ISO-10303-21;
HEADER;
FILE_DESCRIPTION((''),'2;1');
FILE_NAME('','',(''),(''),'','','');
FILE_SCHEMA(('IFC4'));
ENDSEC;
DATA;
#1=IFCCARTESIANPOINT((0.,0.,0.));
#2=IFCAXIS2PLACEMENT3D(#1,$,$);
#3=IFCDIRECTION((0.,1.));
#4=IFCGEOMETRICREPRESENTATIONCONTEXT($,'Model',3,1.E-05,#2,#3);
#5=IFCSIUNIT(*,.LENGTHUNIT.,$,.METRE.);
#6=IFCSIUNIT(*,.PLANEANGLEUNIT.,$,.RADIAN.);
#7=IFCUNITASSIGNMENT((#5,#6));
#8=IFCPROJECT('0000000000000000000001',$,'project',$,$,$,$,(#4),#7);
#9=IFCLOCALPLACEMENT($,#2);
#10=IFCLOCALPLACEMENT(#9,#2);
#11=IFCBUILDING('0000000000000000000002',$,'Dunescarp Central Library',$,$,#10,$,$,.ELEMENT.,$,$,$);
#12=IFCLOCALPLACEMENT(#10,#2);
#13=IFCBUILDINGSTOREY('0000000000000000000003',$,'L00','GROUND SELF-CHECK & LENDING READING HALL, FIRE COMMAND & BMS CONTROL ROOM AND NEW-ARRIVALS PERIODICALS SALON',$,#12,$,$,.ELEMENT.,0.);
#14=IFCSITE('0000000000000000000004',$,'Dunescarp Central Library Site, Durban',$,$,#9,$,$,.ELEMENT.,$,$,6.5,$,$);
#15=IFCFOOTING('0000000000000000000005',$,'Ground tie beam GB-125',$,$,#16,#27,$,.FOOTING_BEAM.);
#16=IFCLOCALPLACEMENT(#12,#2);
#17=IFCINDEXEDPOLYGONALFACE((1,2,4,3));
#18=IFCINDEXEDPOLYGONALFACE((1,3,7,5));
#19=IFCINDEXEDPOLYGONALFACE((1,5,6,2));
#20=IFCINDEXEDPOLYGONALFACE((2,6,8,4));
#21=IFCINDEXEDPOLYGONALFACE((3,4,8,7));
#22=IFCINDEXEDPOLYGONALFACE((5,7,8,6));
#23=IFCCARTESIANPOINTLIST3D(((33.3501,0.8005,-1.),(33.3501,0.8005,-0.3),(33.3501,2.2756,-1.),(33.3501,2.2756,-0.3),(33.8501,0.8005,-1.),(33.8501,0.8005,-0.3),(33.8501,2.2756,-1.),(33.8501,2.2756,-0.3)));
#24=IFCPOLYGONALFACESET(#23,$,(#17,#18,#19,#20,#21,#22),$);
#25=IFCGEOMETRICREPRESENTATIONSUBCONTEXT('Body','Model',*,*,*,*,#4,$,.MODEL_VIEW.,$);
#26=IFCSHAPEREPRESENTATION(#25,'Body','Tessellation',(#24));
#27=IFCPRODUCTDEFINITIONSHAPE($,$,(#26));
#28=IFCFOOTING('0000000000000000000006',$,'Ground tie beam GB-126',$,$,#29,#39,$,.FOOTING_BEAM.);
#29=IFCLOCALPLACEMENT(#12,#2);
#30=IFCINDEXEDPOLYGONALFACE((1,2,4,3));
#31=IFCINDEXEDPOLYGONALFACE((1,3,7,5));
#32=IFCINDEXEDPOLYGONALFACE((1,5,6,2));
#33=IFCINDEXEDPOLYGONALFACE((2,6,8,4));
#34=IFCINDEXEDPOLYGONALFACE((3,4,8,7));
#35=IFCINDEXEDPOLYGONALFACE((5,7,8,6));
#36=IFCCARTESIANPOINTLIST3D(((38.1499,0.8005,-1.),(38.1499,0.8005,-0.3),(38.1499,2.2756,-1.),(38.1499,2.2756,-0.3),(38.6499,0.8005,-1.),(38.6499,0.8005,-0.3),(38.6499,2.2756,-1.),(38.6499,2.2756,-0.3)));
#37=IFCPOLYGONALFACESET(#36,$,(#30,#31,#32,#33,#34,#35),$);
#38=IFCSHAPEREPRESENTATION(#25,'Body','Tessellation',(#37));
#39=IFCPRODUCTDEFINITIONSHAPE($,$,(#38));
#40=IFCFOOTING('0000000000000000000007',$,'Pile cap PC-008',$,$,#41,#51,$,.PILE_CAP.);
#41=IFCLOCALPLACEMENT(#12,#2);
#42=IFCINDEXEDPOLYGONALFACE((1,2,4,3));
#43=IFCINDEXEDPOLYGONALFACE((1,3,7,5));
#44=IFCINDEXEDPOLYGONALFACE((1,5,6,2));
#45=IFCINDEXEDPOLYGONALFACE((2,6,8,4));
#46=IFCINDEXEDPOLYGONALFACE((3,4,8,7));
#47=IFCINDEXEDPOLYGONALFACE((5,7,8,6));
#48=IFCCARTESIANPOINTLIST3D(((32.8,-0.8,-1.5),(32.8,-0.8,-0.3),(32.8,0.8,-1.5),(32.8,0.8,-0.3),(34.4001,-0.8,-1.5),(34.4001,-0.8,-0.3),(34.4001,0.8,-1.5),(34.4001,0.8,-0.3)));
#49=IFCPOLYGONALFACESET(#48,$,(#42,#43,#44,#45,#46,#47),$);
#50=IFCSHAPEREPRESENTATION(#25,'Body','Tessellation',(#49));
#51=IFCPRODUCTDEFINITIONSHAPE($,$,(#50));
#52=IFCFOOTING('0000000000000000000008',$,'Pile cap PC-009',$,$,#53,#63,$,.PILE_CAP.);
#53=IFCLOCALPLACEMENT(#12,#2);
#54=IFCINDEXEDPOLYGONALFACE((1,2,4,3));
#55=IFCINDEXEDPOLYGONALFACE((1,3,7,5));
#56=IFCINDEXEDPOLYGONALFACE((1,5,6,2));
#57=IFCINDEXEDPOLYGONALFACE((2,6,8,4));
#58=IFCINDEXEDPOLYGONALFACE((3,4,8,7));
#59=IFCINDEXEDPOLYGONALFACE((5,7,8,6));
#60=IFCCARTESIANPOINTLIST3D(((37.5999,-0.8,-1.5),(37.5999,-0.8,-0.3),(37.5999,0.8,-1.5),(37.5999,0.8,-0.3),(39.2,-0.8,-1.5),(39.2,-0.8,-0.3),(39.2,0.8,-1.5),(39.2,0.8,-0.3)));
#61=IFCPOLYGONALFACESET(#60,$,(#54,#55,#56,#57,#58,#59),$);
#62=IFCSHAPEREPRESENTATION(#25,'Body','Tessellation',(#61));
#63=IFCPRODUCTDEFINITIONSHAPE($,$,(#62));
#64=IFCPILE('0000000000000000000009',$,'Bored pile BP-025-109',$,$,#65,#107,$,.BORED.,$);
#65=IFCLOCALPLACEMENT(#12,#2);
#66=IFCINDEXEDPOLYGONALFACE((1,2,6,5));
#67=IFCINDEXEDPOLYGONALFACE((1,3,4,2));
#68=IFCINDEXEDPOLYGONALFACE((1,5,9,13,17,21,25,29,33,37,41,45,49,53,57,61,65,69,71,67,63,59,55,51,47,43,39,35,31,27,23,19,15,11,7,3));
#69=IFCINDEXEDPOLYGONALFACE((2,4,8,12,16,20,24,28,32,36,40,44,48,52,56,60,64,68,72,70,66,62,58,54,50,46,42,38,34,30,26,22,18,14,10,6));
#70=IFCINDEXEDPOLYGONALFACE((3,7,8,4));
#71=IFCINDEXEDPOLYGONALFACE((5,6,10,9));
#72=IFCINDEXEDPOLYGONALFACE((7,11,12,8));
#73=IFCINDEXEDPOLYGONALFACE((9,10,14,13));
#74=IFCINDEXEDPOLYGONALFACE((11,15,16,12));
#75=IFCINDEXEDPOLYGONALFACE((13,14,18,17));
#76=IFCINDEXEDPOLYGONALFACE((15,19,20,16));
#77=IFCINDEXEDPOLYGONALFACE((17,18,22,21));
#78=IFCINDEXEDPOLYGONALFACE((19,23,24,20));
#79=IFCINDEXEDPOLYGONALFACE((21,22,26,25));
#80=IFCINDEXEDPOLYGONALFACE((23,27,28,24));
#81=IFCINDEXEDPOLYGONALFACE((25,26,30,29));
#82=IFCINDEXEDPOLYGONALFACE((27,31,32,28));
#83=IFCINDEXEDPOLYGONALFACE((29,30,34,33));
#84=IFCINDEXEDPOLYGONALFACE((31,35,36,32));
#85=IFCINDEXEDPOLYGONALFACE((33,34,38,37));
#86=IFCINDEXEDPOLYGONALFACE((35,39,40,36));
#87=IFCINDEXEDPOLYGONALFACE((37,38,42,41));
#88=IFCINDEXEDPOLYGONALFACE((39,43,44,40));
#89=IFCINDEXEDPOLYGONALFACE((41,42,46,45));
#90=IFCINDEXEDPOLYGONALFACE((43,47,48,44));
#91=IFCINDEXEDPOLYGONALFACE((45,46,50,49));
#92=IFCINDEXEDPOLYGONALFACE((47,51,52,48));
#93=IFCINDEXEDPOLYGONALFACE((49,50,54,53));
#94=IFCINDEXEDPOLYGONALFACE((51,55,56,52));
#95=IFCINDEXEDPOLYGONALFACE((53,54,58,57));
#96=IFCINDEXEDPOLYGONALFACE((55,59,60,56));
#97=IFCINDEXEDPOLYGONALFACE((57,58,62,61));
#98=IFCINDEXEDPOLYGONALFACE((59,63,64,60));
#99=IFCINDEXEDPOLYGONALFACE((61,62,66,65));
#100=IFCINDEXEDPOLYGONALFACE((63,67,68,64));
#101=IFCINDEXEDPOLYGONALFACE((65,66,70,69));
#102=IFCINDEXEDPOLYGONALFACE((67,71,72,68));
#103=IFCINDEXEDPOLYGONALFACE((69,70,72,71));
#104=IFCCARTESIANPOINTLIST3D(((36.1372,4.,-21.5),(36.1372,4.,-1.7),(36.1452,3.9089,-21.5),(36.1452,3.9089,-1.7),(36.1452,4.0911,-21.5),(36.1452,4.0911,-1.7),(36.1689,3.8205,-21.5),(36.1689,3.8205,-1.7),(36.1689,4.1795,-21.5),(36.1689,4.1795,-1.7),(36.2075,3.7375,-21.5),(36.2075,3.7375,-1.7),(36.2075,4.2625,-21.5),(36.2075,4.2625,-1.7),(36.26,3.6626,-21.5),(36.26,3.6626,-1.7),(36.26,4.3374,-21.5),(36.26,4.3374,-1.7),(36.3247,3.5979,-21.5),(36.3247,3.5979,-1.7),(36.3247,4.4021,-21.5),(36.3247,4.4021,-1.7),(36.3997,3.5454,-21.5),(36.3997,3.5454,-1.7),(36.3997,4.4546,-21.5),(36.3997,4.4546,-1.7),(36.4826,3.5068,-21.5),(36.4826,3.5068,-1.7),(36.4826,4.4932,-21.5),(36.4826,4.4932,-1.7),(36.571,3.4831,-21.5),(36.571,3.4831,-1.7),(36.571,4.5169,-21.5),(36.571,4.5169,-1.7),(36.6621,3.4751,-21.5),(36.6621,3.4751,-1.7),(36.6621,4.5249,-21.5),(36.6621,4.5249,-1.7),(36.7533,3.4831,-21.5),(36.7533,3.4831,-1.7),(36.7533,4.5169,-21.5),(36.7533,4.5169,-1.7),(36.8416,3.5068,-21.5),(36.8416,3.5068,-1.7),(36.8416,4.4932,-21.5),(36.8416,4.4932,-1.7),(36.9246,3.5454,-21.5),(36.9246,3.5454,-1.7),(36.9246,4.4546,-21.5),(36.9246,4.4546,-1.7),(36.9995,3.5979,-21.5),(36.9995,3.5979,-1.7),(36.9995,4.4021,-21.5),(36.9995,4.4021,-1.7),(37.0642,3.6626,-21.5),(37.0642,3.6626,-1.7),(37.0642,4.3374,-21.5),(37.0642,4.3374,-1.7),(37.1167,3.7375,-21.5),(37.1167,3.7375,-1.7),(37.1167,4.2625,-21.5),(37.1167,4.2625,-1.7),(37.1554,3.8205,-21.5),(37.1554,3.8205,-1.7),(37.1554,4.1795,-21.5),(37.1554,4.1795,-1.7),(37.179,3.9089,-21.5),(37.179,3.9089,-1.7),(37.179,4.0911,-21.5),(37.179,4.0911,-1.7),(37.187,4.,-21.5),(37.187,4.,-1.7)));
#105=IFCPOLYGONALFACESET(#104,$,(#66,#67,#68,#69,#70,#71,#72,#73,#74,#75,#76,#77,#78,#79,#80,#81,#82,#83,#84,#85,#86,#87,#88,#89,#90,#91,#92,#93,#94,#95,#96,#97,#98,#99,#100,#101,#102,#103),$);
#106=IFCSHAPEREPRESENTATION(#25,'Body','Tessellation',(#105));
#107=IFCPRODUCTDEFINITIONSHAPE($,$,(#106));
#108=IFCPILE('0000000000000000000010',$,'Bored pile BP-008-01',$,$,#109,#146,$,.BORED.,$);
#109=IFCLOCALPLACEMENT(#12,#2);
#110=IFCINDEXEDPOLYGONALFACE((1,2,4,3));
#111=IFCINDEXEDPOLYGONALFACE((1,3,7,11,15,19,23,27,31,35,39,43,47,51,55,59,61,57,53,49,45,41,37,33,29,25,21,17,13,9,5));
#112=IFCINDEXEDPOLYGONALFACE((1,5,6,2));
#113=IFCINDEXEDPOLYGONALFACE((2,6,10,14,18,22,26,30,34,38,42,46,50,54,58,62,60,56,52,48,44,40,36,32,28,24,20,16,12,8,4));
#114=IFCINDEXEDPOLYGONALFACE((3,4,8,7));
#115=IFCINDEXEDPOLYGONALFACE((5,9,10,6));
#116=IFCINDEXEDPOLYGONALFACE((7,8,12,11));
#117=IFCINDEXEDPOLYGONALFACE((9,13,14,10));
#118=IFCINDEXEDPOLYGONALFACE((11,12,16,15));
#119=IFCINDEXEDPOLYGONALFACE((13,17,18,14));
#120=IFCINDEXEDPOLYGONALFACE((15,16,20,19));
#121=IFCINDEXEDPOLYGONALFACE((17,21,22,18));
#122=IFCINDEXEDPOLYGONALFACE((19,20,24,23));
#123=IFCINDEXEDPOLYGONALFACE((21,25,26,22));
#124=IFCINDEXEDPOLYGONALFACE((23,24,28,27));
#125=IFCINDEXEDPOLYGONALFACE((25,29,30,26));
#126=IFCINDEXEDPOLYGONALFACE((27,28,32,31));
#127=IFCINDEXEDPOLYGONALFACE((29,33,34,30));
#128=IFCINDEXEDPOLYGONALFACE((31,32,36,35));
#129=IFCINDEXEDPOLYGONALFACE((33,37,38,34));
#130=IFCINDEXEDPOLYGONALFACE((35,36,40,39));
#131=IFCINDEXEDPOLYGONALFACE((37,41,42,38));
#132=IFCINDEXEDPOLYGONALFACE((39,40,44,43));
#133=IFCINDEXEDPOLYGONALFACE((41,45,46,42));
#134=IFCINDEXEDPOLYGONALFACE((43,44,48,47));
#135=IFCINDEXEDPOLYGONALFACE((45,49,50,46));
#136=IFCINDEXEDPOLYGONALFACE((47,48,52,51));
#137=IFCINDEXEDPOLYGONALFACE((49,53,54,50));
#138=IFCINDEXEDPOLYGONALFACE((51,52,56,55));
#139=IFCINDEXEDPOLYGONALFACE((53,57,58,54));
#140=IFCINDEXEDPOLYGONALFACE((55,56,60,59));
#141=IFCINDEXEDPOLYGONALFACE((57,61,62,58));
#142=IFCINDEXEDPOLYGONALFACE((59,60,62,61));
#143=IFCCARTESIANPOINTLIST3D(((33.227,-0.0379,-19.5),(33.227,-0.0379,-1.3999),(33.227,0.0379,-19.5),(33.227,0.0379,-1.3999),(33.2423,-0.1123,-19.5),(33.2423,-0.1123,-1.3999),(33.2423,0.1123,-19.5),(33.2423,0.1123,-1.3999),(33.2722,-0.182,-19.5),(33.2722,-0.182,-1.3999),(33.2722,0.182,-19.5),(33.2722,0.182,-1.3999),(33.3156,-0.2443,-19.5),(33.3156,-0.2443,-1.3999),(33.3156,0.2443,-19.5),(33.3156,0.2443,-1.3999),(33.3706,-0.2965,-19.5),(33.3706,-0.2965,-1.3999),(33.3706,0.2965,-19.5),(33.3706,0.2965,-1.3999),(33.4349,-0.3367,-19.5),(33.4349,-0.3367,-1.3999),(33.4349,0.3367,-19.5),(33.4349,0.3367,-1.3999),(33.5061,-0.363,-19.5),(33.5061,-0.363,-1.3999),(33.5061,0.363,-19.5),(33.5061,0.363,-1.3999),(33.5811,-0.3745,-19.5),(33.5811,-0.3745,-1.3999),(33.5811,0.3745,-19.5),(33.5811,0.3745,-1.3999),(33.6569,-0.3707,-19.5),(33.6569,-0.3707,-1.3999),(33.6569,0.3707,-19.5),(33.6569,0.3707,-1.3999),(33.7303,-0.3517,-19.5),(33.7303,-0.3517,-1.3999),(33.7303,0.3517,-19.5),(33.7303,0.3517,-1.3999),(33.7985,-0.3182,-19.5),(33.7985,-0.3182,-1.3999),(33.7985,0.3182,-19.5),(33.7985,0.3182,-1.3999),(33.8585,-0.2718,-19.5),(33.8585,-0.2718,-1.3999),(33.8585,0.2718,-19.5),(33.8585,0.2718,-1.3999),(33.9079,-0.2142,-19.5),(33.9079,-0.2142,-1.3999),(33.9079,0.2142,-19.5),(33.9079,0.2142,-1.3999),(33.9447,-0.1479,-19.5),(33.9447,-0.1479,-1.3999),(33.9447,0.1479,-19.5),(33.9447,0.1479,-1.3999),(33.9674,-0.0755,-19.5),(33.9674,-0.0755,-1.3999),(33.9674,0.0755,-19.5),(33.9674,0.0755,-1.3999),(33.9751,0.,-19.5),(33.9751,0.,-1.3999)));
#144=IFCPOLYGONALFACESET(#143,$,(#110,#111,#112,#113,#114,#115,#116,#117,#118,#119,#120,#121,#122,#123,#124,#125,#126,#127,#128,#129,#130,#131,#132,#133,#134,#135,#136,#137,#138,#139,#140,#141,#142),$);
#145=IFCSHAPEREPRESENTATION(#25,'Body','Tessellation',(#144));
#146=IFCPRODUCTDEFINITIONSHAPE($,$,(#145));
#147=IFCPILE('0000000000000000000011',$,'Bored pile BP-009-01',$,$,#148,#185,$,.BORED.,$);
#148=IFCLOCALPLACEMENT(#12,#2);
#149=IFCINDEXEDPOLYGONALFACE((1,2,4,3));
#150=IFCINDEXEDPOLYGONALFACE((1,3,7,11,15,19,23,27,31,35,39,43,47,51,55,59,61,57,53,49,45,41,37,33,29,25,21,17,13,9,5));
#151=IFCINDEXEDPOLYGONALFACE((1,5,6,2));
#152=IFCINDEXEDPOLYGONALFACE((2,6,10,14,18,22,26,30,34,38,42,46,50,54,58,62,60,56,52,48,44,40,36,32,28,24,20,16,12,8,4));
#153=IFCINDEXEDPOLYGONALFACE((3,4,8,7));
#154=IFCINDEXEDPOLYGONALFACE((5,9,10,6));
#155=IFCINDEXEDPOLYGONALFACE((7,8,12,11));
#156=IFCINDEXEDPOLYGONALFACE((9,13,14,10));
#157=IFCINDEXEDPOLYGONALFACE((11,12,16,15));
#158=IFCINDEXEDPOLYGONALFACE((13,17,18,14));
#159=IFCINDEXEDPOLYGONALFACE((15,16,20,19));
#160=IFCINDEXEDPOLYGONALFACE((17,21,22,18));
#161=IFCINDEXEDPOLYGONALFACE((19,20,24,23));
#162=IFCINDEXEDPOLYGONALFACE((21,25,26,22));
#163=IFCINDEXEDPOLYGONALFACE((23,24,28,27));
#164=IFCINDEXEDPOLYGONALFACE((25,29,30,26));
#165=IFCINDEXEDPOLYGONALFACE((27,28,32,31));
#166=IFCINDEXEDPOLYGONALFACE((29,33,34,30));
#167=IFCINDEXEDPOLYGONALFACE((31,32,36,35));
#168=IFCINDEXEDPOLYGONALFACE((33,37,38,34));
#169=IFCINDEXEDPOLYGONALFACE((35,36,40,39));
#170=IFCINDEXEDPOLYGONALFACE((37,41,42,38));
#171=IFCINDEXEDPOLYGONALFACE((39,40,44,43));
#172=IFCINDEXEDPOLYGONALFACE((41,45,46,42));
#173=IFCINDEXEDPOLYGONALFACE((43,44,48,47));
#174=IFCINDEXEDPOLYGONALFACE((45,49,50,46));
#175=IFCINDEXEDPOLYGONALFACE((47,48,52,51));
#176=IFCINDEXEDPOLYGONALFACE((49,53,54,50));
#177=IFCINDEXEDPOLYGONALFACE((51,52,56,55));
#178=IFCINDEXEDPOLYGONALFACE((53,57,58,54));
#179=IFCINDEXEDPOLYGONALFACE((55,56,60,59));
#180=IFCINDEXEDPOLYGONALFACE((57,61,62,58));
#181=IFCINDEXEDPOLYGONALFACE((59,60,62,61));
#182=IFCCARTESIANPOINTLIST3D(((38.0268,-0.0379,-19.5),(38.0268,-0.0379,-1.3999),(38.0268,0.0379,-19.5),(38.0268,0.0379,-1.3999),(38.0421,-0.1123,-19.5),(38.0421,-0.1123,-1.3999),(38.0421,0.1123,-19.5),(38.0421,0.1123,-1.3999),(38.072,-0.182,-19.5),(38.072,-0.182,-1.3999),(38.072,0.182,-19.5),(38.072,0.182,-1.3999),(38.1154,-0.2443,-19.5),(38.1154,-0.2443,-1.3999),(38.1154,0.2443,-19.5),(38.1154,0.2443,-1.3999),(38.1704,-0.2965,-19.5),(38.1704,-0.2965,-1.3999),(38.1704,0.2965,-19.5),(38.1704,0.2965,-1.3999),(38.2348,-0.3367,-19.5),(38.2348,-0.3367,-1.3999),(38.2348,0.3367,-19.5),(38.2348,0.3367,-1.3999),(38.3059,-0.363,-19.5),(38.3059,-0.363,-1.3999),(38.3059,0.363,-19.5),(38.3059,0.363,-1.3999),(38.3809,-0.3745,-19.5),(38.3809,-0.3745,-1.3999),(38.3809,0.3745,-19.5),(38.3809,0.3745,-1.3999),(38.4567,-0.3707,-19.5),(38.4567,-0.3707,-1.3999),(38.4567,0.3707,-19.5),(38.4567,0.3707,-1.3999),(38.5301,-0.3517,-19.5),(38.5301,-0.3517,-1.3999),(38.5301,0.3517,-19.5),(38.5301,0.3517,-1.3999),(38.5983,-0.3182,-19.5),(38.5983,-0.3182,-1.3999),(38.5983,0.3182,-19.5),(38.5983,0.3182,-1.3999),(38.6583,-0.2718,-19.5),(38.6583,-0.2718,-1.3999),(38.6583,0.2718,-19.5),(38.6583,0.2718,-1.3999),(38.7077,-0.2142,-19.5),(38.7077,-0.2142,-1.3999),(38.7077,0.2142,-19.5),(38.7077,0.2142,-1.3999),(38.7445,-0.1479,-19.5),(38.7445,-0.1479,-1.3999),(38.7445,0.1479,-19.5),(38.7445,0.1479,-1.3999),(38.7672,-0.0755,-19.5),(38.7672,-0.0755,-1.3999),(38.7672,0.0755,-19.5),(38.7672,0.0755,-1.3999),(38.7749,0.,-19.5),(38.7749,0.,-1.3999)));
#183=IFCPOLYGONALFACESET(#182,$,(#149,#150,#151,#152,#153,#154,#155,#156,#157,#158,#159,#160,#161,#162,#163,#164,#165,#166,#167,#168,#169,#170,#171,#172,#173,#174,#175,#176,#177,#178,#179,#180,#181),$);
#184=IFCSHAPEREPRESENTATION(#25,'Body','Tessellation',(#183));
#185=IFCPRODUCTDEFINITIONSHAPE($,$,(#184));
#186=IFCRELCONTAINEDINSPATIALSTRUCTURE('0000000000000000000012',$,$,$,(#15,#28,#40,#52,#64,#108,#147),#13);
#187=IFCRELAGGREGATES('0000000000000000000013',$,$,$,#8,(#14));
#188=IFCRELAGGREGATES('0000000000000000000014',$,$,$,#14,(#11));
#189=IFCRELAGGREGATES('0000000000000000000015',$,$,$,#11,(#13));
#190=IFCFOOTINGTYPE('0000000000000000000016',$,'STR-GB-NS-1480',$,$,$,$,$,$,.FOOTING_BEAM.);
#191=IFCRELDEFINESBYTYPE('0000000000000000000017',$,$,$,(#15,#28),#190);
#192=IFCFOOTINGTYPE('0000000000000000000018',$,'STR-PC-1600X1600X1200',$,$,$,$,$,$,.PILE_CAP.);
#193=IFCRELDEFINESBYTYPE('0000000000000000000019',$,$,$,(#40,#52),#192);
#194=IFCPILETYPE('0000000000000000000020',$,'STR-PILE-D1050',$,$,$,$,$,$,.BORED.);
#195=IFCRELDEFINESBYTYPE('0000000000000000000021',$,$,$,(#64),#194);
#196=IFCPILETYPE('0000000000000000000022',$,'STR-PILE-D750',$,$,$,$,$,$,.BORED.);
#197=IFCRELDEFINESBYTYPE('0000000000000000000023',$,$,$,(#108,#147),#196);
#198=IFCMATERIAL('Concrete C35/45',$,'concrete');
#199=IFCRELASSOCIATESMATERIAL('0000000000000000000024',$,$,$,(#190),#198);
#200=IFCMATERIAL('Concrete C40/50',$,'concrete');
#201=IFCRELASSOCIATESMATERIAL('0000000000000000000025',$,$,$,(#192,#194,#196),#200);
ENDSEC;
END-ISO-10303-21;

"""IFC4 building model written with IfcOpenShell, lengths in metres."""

from ifc_helpers import new_model, si_unit, direction, frame, origin, origin_2d, place, context, subcontext, project, spatial, rectangle, circle, extrude, material, material_profile, profile_set, type_object, element, save


model = new_model("IFC4")

# Units and contexts
model_context = context("Model", 3, precision=1e-05, world=origin(), true_north=direction((0.0, 1.0)))
body_context = subcontext(model_context, "Body", "Model", "MODEL_VIEW")
ifc_project = project(units=[si_unit("LENGTHUNIT", "METRE"), si_unit("PLANEANGLEUNIT", "RADIAN")], contexts=[model_context])

# Site, building, storey
site_placement = place(None, origin())
site = spatial("IfcSite", under=ifc_project, at=site_placement, Name="Dunescarp Central Library Site, Durban", CompositionType="ELEMENT", RefElevation=6.5)
building_placement = place(site_placement, origin())
building = spatial("IfcBuilding", under=site, at=building_placement, Name="Dunescarp Central Library", CompositionType="ELEMENT")
storey_placement = place(building_placement, origin())
storey = spatial("IfcBuildingStorey", under=building, at=storey_placement, Name="L00", Description="GROUND SELF-CHECK & LENDING READING HALL, FIRE COMMAND & BMS CONTROL ROOM AND NEW-ARRIVALS PERIODICALS SALON", CompositionType="ELEMENT", Elevation=0.0)

# Footings
ifc_material_1 = material(Name="Concrete C35/45", Category="concrete")
footing_type_1 = type_object("IfcFootingType", Name="STR-GB-NS-1480", PredefinedType="FOOTING_BEAM", material=ifc_material_1)
for number, where, z_axis, x_axis, name in (
    (1, (33.6001, 1.5381, -1.0), (0.0, 0.0, 1.0), (0.0, 1.0, 0.0), "Ground tie beam GB-125"),
    (2, (38.3999, 1.5381, -1.0), (0.0, 0.0, 1.0), (0.0, 1.0, 0.0), "Ground tie beam GB-126"),
):
    element("IfcFooting", number, at=place(storey_placement, frame(where, z_axis=z_axis, x_axis=x_axis)), inside=storey, type_object=footing_type_1, Name=name, PredefinedType="FOOTING_BEAM", context=body_context, shape_type="SweptSolid", body=[
        extrude(rectangle(XDim=1.4751, YDim=0.5, at=origin_2d()), origin(), (0.0, 0.0, 1.0), 0.7),
    ])
ifc_material_2 = material(Name="Concrete C40/50", Category="concrete")
footing_type_2 = type_object("IfcFootingType", Name="STR-PC-1600X1600X1200", PredefinedType="PILE_CAP", material=ifc_material_2)
for number, where, z_axis, x_axis, name in (
    (3, (33.6001, 0.0, -1.5), (0.0, 0.0, 1.0), (1.0, 0.0, 0.0), "Pile cap PC-008"),
    (4, (38.3999, 0.0, -1.5), (0.0, 0.0, 1.0), (1.0, 0.0, 0.0), "Pile cap PC-009"),
):
    element("IfcFooting", number, at=place(storey_placement, frame(where, z_axis=z_axis, x_axis=x_axis)), inside=storey, type_object=footing_type_2, Name=name, PredefinedType="PILE_CAP", context=body_context, shape_type="SweptSolid", body=[
        extrude(rectangle(XDim=1.6001, YDim=1.6001, at=origin_2d()), origin(), (0.0, 0.0, 1.0), 1.2),
    ])

# Piles
ifc_material_profile_1 = material_profile(ifc_material_2, circle(Radius=0.5249, at=origin_2d()), Name="PILE D1050")
ifc_profile_set_1 = profile_set([ifc_material_profile_1], Name="Concrete C40/50")
pile_type_1 = type_object("IfcPileType", Name="STR-PILE-D1050", PredefinedType="BORED", material=ifc_profile_set_1)
pile_placement = place(storey_placement, frame((36.6621, 4.0, -1.7), z_axis=(0.0, 0.0, -1.0), x_axis=(1.0, 0.0, 0.0)))
element("IfcPile", 5, at=pile_placement, inside=storey, type_object=pile_type_1, Name="Bored pile BP-025-109", PredefinedType="BORED", context=body_context, shape_type="SweptSolid", body=[
    extrude(circle(Radius=0.5249, at=origin_2d()), origin(), (0.0, 0.0, 1.0), 19.8),
])
ifc_material_profile_2 = material_profile(ifc_material_2, circle(Radius=0.375, at=origin_2d()), Name="PILE D750")
ifc_profile_set_2 = profile_set([ifc_material_profile_2], Name="Concrete C40/50")
pile_type_2 = type_object("IfcPileType", Name="STR-PILE-D750", PredefinedType="BORED", material=ifc_profile_set_2)
for number, where, z_axis, x_axis, name in (
    (6, (33.6001, 0.0, -1.3999), (0.0, 0.0, -1.0), (1.0, 0.0, 0.0), "Bored pile BP-008-01"),
    (7, (38.3999, 0.0, -1.3999), (0.0, 0.0, -1.0), (1.0, 0.0, 0.0), "Bored pile BP-009-01"),
):
    element("IfcPile", number, at=place(storey_placement, frame(where, z_axis=z_axis, x_axis=x_axis)), inside=storey, type_object=pile_type_2, Name=name, PredefinedType="BORED", context=body_context, shape_type="SweptSolid", body=[
        extrude(circle(Radius=0.375, at=origin_2d()), origin(), (0.0, 0.0, 1.0), 18.1001),
    ])

save(model, "model.ifc")
